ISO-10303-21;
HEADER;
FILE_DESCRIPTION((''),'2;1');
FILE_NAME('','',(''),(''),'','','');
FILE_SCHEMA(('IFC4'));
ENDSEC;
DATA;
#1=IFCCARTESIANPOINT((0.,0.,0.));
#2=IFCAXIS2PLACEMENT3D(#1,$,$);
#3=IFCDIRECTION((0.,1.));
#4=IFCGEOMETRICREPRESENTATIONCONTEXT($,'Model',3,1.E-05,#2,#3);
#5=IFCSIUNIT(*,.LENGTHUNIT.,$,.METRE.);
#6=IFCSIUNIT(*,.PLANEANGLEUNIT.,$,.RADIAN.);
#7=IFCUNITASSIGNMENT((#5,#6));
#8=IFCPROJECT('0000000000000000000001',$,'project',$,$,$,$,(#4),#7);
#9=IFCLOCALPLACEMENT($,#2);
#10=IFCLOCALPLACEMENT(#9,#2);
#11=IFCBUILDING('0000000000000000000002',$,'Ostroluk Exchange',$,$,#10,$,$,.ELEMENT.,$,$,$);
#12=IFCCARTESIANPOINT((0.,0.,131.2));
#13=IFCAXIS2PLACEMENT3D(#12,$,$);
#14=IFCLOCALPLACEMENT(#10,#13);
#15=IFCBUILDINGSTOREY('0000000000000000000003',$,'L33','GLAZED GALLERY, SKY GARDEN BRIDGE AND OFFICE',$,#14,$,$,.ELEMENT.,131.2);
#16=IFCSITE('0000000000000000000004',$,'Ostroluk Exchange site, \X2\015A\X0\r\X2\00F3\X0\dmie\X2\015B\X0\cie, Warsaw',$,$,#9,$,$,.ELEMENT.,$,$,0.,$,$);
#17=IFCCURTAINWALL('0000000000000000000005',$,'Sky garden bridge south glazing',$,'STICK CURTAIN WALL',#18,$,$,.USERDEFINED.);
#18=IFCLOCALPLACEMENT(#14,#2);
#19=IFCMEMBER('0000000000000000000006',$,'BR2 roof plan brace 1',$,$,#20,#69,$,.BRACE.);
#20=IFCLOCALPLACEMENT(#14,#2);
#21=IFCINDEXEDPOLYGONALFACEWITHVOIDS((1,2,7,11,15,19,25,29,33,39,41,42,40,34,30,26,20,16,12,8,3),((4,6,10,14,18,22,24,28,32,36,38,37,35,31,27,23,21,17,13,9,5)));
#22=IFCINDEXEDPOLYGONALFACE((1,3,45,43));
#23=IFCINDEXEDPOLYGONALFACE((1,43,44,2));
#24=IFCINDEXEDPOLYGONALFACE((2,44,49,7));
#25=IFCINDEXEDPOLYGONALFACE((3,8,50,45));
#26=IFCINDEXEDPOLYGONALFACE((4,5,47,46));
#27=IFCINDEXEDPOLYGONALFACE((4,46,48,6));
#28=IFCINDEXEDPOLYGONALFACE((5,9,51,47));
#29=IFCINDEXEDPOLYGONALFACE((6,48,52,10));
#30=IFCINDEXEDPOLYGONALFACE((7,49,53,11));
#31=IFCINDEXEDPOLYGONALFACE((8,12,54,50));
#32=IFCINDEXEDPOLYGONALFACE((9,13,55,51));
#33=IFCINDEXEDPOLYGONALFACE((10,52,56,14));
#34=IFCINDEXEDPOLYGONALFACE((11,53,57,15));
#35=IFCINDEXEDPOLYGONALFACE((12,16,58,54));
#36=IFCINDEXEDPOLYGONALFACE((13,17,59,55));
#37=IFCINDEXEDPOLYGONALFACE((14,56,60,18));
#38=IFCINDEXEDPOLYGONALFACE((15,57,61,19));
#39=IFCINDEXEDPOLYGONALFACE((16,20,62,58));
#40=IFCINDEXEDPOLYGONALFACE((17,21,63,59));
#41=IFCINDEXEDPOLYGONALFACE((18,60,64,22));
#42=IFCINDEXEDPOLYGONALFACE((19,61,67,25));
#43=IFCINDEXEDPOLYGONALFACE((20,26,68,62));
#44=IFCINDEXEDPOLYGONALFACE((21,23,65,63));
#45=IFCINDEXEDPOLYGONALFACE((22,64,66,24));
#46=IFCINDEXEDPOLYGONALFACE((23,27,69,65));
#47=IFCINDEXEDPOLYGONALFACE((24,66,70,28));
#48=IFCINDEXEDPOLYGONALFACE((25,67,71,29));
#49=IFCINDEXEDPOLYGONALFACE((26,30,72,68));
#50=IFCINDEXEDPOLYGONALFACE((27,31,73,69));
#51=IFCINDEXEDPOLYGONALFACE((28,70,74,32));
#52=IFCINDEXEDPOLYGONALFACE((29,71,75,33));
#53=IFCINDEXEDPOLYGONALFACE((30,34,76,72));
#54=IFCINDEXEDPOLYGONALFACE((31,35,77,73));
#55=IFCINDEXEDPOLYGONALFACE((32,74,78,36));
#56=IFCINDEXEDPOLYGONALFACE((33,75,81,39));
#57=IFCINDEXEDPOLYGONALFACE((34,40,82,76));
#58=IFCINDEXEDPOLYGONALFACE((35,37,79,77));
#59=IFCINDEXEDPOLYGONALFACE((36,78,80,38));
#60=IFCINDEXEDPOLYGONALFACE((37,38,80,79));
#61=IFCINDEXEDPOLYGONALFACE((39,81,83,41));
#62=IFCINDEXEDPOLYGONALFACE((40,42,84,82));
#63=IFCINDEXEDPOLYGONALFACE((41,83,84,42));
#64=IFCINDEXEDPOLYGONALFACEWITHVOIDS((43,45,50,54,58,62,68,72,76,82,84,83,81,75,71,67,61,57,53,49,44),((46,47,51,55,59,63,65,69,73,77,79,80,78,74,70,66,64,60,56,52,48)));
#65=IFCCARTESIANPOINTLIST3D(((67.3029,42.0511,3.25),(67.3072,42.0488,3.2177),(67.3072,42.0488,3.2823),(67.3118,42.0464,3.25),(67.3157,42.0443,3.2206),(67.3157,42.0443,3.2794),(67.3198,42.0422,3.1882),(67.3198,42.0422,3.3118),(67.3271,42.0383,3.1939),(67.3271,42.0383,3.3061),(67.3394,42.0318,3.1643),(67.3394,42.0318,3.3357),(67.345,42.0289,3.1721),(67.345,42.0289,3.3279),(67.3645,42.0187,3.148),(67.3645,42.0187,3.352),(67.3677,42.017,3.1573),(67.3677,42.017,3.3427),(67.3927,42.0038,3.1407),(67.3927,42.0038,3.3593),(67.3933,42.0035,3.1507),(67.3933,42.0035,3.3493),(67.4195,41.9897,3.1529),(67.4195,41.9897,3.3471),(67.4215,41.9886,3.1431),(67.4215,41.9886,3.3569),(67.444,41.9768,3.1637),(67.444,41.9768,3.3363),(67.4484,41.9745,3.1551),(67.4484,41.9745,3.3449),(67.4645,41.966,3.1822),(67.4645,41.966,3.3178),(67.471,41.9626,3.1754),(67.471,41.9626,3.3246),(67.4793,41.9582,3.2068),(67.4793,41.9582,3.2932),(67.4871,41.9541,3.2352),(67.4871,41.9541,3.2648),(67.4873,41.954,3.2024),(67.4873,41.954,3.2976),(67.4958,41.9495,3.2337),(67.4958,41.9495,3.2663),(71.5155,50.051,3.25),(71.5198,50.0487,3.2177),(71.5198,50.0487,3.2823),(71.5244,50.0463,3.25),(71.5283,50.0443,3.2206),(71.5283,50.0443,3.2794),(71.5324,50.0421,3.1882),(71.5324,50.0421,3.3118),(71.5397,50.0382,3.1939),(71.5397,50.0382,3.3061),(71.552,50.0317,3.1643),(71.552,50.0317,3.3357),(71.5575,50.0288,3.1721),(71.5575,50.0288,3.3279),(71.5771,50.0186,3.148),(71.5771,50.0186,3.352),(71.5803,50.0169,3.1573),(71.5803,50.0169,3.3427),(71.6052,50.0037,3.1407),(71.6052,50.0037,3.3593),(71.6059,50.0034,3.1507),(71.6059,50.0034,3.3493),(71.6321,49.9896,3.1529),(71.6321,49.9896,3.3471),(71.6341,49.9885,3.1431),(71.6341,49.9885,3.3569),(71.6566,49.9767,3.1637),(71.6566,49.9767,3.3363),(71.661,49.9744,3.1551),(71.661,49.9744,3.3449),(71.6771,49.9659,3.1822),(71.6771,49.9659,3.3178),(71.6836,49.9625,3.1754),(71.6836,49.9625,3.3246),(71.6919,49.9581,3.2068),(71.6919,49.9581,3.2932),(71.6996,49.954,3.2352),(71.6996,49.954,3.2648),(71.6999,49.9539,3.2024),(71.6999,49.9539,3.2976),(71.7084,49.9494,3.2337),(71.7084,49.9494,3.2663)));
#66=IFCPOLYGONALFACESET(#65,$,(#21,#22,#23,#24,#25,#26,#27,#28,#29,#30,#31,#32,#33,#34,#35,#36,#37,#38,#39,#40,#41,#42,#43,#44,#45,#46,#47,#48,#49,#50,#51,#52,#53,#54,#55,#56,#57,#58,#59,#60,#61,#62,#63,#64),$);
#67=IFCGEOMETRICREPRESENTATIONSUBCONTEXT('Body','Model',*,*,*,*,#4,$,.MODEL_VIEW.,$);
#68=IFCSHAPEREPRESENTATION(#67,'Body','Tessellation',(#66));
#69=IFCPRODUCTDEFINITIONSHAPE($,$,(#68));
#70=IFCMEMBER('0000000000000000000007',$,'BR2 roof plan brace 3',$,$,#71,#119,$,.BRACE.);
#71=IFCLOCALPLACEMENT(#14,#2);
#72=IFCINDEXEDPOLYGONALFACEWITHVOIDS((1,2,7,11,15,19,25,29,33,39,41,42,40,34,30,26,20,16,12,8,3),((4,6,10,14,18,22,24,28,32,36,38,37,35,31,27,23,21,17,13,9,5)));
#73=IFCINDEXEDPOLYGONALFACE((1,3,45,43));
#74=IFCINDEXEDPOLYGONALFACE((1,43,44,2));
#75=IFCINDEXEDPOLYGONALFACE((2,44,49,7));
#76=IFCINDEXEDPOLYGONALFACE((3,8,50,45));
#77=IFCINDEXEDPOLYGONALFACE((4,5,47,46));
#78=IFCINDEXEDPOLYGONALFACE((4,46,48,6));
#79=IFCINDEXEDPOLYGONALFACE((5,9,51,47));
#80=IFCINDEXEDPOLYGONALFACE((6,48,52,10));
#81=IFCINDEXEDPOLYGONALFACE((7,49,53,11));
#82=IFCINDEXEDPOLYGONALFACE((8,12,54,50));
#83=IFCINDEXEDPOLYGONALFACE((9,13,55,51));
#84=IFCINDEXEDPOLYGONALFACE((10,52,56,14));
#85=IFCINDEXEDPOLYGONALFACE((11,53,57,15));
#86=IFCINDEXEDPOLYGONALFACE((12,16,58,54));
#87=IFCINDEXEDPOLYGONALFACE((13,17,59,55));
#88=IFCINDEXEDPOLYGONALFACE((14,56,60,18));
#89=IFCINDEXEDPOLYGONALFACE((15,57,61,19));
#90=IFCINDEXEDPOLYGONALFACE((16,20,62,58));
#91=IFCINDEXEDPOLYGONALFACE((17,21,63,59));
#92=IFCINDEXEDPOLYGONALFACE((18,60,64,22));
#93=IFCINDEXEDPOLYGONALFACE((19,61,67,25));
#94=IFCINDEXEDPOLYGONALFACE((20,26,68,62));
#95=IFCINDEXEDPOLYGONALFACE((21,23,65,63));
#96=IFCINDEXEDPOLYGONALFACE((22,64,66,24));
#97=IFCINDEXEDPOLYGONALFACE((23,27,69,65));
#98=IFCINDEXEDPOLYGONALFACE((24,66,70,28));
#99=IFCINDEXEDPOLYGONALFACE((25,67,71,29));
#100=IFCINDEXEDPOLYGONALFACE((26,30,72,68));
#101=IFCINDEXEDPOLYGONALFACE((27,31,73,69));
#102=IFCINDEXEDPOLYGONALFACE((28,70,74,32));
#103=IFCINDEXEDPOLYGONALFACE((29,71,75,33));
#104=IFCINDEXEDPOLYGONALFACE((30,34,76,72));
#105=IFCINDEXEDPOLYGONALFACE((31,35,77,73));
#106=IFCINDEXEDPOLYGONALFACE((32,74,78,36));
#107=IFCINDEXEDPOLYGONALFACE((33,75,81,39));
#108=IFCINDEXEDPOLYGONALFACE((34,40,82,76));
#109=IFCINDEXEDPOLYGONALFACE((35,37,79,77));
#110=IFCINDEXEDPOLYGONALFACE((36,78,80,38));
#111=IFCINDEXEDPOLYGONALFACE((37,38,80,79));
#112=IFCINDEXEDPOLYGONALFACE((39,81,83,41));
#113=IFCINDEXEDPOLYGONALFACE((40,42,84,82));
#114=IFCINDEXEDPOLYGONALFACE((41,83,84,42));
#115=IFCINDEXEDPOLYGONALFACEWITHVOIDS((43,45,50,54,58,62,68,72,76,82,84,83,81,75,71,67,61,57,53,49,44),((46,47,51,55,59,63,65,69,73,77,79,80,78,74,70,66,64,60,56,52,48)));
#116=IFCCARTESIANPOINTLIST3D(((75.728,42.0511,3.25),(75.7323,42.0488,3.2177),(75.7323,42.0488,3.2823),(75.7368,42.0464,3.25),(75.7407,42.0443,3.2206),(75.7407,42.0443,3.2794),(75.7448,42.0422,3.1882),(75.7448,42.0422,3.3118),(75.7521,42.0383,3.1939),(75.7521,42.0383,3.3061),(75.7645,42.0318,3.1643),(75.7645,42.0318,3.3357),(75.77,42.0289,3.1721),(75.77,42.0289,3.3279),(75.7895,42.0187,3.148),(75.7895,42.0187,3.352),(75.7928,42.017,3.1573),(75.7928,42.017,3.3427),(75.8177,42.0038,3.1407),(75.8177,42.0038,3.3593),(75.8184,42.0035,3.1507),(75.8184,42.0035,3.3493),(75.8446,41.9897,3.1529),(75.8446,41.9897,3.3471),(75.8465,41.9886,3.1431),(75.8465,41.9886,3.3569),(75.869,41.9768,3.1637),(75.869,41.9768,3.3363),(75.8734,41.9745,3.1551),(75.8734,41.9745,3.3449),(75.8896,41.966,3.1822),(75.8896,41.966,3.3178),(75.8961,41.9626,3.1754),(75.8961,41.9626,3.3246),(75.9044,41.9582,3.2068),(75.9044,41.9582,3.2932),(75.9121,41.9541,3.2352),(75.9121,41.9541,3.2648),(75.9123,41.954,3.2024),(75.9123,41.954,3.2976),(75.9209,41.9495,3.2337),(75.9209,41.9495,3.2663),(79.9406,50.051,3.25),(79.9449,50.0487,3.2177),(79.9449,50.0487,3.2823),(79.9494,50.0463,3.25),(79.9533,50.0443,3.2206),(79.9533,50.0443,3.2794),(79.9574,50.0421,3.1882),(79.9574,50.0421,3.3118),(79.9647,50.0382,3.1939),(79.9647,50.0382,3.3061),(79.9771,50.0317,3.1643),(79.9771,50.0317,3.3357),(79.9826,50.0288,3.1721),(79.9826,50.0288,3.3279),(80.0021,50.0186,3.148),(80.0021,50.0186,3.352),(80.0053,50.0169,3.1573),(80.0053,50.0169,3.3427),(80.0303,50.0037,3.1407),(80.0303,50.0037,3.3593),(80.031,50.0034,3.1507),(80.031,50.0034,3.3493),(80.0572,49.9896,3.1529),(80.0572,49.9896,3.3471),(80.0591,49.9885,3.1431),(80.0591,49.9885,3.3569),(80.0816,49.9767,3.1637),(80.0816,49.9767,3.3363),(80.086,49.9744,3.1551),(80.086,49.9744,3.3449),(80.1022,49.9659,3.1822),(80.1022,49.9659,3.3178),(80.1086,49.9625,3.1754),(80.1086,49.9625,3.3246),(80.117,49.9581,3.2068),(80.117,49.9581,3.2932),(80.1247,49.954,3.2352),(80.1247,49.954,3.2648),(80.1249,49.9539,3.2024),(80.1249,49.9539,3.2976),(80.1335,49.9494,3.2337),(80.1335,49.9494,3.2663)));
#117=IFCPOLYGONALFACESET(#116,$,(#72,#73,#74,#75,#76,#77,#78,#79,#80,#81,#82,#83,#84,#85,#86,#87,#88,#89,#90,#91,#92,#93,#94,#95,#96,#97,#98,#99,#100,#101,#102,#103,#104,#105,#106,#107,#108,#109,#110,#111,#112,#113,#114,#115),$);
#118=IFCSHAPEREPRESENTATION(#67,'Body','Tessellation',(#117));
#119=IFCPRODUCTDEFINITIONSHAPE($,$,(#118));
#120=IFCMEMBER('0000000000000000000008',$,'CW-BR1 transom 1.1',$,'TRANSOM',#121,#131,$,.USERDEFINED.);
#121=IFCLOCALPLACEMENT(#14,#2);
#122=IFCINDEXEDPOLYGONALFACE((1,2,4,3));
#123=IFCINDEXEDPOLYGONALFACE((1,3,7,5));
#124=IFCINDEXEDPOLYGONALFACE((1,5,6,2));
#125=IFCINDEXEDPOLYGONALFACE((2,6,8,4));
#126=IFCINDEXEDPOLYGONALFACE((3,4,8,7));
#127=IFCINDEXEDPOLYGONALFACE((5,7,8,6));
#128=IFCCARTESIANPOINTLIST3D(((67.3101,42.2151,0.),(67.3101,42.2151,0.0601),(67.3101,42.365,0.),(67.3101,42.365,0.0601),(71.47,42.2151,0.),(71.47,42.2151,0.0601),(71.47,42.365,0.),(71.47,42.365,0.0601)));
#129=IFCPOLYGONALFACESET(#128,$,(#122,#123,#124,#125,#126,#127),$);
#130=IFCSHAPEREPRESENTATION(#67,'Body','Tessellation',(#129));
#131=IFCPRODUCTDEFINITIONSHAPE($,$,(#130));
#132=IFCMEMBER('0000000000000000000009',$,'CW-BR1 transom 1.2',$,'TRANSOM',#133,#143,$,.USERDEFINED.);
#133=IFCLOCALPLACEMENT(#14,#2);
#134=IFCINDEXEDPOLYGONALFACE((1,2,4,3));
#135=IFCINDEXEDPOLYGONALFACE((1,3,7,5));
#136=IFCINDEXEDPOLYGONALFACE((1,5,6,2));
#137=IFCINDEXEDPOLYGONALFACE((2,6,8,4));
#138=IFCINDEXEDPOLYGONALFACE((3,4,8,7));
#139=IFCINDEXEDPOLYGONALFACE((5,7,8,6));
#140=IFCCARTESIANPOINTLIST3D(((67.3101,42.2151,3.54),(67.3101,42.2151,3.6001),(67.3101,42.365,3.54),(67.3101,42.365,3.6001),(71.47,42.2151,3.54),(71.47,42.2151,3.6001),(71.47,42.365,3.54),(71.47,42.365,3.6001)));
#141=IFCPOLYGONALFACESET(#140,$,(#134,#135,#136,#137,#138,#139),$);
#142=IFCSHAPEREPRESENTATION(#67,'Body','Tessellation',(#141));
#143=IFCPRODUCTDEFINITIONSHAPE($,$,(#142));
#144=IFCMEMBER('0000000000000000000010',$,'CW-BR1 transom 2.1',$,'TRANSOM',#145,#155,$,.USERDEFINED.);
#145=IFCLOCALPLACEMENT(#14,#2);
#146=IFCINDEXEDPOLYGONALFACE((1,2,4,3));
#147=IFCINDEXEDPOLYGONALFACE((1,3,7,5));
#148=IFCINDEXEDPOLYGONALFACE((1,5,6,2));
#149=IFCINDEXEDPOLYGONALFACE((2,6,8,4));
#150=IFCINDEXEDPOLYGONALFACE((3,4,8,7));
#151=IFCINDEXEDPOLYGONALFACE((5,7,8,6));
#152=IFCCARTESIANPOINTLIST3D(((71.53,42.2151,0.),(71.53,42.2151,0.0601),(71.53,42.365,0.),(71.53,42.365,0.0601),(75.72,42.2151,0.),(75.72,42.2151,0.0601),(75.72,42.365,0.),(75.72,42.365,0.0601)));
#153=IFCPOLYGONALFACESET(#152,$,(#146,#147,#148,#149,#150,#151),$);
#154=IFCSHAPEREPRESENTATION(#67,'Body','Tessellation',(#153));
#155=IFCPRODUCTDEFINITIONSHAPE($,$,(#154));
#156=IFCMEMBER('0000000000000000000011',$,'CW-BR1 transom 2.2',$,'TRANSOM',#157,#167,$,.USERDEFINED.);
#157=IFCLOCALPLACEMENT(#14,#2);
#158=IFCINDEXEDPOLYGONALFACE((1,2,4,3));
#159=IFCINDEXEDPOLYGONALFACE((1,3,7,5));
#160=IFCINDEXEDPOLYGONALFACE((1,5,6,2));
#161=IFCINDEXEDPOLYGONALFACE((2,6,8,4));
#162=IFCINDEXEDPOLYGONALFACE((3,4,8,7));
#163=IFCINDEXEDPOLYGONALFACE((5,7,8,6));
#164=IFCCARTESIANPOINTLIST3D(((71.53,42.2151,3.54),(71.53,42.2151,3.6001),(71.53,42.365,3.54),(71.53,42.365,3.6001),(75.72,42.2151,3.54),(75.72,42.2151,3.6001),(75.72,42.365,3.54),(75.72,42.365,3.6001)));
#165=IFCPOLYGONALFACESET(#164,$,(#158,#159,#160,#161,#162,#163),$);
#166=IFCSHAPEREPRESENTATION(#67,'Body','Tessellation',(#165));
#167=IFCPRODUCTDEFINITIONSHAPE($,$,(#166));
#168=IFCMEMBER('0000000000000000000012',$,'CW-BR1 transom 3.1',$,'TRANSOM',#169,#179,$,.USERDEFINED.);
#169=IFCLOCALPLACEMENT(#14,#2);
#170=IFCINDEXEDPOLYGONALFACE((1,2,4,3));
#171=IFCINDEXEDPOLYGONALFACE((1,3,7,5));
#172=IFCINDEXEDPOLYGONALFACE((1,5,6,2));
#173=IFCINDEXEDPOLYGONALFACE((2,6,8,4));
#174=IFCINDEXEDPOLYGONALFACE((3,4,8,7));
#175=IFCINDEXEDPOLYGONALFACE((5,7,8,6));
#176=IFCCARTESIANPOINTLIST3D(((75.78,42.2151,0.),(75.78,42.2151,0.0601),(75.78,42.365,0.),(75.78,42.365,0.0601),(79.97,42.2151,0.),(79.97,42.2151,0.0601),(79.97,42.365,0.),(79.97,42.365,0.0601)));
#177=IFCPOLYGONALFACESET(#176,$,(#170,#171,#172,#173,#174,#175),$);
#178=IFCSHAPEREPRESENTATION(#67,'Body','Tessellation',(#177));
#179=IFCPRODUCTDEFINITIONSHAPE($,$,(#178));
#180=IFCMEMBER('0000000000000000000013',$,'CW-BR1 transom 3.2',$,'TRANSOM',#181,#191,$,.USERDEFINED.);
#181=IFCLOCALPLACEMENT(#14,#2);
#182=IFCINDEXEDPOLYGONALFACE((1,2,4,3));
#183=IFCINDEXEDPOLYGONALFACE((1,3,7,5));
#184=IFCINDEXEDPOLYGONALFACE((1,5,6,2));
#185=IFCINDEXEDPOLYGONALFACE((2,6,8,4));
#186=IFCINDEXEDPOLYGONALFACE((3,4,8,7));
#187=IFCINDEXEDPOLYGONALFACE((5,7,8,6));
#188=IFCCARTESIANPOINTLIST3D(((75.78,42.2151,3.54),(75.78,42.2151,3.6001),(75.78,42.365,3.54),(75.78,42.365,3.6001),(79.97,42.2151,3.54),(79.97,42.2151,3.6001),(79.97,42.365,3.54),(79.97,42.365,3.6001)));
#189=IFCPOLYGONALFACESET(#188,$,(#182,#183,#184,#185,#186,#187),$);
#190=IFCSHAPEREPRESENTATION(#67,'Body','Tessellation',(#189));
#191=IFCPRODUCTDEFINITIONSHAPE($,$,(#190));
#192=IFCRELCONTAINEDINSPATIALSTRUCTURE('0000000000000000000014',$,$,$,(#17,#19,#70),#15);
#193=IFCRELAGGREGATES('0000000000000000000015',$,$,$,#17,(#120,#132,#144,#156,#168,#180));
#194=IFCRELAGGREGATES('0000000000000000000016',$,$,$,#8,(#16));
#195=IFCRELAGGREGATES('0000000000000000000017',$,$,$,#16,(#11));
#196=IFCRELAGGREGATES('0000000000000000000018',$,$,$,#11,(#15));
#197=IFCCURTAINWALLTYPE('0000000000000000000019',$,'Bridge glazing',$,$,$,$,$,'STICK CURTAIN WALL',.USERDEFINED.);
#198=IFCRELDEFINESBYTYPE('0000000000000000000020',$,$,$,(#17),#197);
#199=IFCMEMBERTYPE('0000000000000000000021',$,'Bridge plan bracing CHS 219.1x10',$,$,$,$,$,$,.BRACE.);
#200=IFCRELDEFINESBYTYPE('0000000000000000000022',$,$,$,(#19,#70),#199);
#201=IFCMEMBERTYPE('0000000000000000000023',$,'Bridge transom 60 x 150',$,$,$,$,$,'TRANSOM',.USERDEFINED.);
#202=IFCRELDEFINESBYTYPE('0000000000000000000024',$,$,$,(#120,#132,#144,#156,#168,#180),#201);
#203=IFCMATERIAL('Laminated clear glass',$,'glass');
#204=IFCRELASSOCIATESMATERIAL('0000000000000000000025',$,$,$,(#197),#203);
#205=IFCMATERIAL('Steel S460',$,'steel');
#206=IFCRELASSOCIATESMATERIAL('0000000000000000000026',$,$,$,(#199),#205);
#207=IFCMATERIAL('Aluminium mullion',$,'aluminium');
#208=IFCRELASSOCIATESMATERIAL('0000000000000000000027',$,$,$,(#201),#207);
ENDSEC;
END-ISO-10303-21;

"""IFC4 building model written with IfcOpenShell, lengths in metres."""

from ifc_helpers import new_model, si_unit, direction, frame, origin, origin_2d, place, context, subcontext, project, spatial, rectangle, hollow_circle, extrude, material, material_profile, profile_set, type_object, element, aggregate, save


model = new_model("IFC4")

# Units and contexts
model_context = context("Model", 3, precision=1e-05, world=origin(), true_north=direction((0.0, 1.0)))
body_context = subcontext(model_context, "Body", "Model", "MODEL_VIEW")
ifc_project = project(units=[si_unit("LENGTHUNIT", "METRE"), si_unit("PLANEANGLEUNIT", "RADIAN")], contexts=[model_context])

# Site, building, storey
site_placement = place(None, origin())
site = spatial("IfcSite", under=ifc_project, at=site_placement, Name="Ostroluk Exchange site, Śródmieście, Warsaw", CompositionType="ELEMENT", RefElevation=0.0)
building_placement = place(site_placement, origin())
building = spatial("IfcBuilding", under=site, at=building_placement, Name="Ostroluk Exchange", CompositionType="ELEMENT")
storey_placement = place(building_placement, frame((0.0, 0.0, 131.2)))
storey = spatial("IfcBuildingStorey", under=building, at=storey_placement, Name="L33", Description="GLAZED GALLERY, SKY GARDEN BRIDGE AND OFFICE", CompositionType="ELEMENT", Elevation=131.2)

# Curtain wall
ifc_material_1 = material(Name="Laminated clear glass", Category="glass")
curtain_wall_type_1 = type_object("IfcCurtainWallType", Name="Bridge glazing", ElementType="STICK CURTAIN WALL", PredefinedType="USERDEFINED", material=ifc_material_1)
curtain_wall_1_placement = place(storey_placement, origin())
curtain_wall_1 = element("IfcCurtainWall", 1, at=curtain_wall_1_placement, inside=storey, type_object=curtain_wall_type_1, Name="Sky garden bridge south glazing", ObjectType="STICK CURTAIN WALL", PredefinedType="USERDEFINED")

# Members
ifc_material_2 = material(Name="Steel S460", Category="steel")
ifc_material_profile_1 = material_profile(ifc_material_2, hollow_circle(Radius=0.1096, WallThickness=0.01, at=origin_2d()), Name="CHS 219.1x10")
ifc_profile_set_1 = profile_set([ifc_material_profile_1], Name="Steel S460")
member_type_1 = type_object("IfcMemberType", Name="Bridge plan bracing CHS 219.1x10", PredefinedType="BRACE", material=ifc_profile_set_1)
for number, where, z_axis, x_axis, name in (
    (2, (67.3999, 42.0, 3.25), (0.46593, 0.884822, 0.0), (-0.884822, 0.46593, 0.0), "BR2 roof plan brace 1"),
    (3, (75.825, 42.0, 3.25), (0.46593, 0.884822, 0.0), (-0.884822, 0.46593, 0.0), "BR2 roof plan brace 3"),
):
    element("IfcMember", number, at=place(storey_placement, frame(where, z_axis=z_axis, x_axis=x_axis)), inside=storey, type_object=member_type_1, Name=name, PredefinedType="BRACE", context=body_context, shape_type="SweptSolid", body=[
        extrude(hollow_circle(Radius=0.1096, WallThickness=0.01, at=origin_2d()), origin(), (0.0, 0.0, 1.0), 9.0413),
    ])

# Members
ifc_material_3 = material(Name="Aluminium mullion", Category="aluminium")
ifc_material_profile_2 = material_profile(ifc_material_3, rectangle(XDim=0.1499, YDim=0.0601, at=origin_2d()), Name="Bridge transom 60 x 150")
ifc_profile_set_2 = profile_set([ifc_material_profile_2], Name="Aluminium mullion")
member_type_2 = type_object("IfcMemberType", Name="Bridge transom 60 x 150", ElementType="TRANSOM", PredefinedType="USERDEFINED", material=ifc_profile_set_2)
member_1_placement = place(storey_placement, frame((67.3101, 42.29, 0.03), z_axis=(1.0, 0.0, 0.0), x_axis=(0.0, 1.0, 0.0)))
member_1 = element("IfcMember", 4, at=member_1_placement, type_object=member_type_2, Name="CW-BR1 transom 1.1", ObjectType="TRANSOM", PredefinedType="USERDEFINED", context=body_context, shape_type="SweptSolid", body=[
    extrude(rectangle(XDim=0.1499, YDim=0.0601, at=origin_2d()), origin(), (0.0, 0.0, 1.0), 4.1599),
])
member_2_placement = place(storey_placement, frame((67.3101, 42.29, 3.5701), z_axis=(1.0, 0.0, 0.0), x_axis=(0.0, 1.0, 0.0)))
member_2 = element("IfcMember", 5, at=member_2_placement, type_object=member_type_2, Name="CW-BR1 transom 1.2", ObjectType="TRANSOM", PredefinedType="USERDEFINED", context=body_context, shape_type="SweptSolid", body=[
    extrude(rectangle(XDim=0.1499, YDim=0.0601, at=origin_2d()), origin(), (0.0, 0.0, 1.0), 4.1599),
])
member_3_placement = place(storey_placement, frame((71.53, 42.29, 0.03), z_axis=(1.0, 0.0, 0.0), x_axis=(0.0, 1.0, 0.0)))
member_3 = element("IfcMember", 6, at=member_3_placement, type_object=member_type_2, Name="CW-BR1 transom 2.1", ObjectType="TRANSOM", PredefinedType="USERDEFINED", context=body_context, shape_type="SweptSolid", body=[
    extrude(rectangle(XDim=0.1499, YDim=0.0601, at=origin_2d()), origin(), (0.0, 0.0, 1.0), 4.1899),
])
member_4_placement = place(storey_placement, frame((71.53, 42.29, 3.5701), z_axis=(1.0, 0.0, 0.0), x_axis=(0.0, 1.0, 0.0)))
member_4 = element("IfcMember", 7, at=member_4_placement, type_object=member_type_2, Name="CW-BR1 transom 2.2", ObjectType="TRANSOM", PredefinedType="USERDEFINED", context=body_context, shape_type="SweptSolid", body=[
    extrude(rectangle(XDim=0.1499, YDim=0.0601, at=origin_2d()), origin(), (0.0, 0.0, 1.0), 4.1899),
])
member_5_placement = place(storey_placement, frame((75.78, 42.29, 0.03), z_axis=(1.0, 0.0, 0.0), x_axis=(0.0, 1.0, 0.0)))
member_5 = element("IfcMember", 8, at=member_5_placement, type_object=member_type_2, Name="CW-BR1 transom 3.1", ObjectType="TRANSOM", PredefinedType="USERDEFINED", context=body_context, shape_type="SweptSolid", body=[
    extrude(rectangle(XDim=0.1499, YDim=0.0601, at=origin_2d()), origin(), (0.0, 0.0, 1.0), 4.1899),
])
member_6_placement = place(storey_placement, frame((75.78, 42.29, 3.5701), z_axis=(1.0, 0.0, 0.0), x_axis=(0.0, 1.0, 0.0)))
member_6 = element("IfcMember", 9, at=member_6_placement, type_object=member_type_2, Name="CW-BR1 transom 3.2", ObjectType="TRANSOM", PredefinedType="USERDEFINED", context=body_context, shape_type="SweptSolid", body=[
    extrude(rectangle(XDim=0.1499, YDim=0.0601, at=origin_2d()), origin(), (0.0, 0.0, 1.0), 4.1899),
])

aggregate(curtain_wall_1, [member_1, member_2, member_3, member_4, member_5, member_6])

save(model, "model.ifc")
